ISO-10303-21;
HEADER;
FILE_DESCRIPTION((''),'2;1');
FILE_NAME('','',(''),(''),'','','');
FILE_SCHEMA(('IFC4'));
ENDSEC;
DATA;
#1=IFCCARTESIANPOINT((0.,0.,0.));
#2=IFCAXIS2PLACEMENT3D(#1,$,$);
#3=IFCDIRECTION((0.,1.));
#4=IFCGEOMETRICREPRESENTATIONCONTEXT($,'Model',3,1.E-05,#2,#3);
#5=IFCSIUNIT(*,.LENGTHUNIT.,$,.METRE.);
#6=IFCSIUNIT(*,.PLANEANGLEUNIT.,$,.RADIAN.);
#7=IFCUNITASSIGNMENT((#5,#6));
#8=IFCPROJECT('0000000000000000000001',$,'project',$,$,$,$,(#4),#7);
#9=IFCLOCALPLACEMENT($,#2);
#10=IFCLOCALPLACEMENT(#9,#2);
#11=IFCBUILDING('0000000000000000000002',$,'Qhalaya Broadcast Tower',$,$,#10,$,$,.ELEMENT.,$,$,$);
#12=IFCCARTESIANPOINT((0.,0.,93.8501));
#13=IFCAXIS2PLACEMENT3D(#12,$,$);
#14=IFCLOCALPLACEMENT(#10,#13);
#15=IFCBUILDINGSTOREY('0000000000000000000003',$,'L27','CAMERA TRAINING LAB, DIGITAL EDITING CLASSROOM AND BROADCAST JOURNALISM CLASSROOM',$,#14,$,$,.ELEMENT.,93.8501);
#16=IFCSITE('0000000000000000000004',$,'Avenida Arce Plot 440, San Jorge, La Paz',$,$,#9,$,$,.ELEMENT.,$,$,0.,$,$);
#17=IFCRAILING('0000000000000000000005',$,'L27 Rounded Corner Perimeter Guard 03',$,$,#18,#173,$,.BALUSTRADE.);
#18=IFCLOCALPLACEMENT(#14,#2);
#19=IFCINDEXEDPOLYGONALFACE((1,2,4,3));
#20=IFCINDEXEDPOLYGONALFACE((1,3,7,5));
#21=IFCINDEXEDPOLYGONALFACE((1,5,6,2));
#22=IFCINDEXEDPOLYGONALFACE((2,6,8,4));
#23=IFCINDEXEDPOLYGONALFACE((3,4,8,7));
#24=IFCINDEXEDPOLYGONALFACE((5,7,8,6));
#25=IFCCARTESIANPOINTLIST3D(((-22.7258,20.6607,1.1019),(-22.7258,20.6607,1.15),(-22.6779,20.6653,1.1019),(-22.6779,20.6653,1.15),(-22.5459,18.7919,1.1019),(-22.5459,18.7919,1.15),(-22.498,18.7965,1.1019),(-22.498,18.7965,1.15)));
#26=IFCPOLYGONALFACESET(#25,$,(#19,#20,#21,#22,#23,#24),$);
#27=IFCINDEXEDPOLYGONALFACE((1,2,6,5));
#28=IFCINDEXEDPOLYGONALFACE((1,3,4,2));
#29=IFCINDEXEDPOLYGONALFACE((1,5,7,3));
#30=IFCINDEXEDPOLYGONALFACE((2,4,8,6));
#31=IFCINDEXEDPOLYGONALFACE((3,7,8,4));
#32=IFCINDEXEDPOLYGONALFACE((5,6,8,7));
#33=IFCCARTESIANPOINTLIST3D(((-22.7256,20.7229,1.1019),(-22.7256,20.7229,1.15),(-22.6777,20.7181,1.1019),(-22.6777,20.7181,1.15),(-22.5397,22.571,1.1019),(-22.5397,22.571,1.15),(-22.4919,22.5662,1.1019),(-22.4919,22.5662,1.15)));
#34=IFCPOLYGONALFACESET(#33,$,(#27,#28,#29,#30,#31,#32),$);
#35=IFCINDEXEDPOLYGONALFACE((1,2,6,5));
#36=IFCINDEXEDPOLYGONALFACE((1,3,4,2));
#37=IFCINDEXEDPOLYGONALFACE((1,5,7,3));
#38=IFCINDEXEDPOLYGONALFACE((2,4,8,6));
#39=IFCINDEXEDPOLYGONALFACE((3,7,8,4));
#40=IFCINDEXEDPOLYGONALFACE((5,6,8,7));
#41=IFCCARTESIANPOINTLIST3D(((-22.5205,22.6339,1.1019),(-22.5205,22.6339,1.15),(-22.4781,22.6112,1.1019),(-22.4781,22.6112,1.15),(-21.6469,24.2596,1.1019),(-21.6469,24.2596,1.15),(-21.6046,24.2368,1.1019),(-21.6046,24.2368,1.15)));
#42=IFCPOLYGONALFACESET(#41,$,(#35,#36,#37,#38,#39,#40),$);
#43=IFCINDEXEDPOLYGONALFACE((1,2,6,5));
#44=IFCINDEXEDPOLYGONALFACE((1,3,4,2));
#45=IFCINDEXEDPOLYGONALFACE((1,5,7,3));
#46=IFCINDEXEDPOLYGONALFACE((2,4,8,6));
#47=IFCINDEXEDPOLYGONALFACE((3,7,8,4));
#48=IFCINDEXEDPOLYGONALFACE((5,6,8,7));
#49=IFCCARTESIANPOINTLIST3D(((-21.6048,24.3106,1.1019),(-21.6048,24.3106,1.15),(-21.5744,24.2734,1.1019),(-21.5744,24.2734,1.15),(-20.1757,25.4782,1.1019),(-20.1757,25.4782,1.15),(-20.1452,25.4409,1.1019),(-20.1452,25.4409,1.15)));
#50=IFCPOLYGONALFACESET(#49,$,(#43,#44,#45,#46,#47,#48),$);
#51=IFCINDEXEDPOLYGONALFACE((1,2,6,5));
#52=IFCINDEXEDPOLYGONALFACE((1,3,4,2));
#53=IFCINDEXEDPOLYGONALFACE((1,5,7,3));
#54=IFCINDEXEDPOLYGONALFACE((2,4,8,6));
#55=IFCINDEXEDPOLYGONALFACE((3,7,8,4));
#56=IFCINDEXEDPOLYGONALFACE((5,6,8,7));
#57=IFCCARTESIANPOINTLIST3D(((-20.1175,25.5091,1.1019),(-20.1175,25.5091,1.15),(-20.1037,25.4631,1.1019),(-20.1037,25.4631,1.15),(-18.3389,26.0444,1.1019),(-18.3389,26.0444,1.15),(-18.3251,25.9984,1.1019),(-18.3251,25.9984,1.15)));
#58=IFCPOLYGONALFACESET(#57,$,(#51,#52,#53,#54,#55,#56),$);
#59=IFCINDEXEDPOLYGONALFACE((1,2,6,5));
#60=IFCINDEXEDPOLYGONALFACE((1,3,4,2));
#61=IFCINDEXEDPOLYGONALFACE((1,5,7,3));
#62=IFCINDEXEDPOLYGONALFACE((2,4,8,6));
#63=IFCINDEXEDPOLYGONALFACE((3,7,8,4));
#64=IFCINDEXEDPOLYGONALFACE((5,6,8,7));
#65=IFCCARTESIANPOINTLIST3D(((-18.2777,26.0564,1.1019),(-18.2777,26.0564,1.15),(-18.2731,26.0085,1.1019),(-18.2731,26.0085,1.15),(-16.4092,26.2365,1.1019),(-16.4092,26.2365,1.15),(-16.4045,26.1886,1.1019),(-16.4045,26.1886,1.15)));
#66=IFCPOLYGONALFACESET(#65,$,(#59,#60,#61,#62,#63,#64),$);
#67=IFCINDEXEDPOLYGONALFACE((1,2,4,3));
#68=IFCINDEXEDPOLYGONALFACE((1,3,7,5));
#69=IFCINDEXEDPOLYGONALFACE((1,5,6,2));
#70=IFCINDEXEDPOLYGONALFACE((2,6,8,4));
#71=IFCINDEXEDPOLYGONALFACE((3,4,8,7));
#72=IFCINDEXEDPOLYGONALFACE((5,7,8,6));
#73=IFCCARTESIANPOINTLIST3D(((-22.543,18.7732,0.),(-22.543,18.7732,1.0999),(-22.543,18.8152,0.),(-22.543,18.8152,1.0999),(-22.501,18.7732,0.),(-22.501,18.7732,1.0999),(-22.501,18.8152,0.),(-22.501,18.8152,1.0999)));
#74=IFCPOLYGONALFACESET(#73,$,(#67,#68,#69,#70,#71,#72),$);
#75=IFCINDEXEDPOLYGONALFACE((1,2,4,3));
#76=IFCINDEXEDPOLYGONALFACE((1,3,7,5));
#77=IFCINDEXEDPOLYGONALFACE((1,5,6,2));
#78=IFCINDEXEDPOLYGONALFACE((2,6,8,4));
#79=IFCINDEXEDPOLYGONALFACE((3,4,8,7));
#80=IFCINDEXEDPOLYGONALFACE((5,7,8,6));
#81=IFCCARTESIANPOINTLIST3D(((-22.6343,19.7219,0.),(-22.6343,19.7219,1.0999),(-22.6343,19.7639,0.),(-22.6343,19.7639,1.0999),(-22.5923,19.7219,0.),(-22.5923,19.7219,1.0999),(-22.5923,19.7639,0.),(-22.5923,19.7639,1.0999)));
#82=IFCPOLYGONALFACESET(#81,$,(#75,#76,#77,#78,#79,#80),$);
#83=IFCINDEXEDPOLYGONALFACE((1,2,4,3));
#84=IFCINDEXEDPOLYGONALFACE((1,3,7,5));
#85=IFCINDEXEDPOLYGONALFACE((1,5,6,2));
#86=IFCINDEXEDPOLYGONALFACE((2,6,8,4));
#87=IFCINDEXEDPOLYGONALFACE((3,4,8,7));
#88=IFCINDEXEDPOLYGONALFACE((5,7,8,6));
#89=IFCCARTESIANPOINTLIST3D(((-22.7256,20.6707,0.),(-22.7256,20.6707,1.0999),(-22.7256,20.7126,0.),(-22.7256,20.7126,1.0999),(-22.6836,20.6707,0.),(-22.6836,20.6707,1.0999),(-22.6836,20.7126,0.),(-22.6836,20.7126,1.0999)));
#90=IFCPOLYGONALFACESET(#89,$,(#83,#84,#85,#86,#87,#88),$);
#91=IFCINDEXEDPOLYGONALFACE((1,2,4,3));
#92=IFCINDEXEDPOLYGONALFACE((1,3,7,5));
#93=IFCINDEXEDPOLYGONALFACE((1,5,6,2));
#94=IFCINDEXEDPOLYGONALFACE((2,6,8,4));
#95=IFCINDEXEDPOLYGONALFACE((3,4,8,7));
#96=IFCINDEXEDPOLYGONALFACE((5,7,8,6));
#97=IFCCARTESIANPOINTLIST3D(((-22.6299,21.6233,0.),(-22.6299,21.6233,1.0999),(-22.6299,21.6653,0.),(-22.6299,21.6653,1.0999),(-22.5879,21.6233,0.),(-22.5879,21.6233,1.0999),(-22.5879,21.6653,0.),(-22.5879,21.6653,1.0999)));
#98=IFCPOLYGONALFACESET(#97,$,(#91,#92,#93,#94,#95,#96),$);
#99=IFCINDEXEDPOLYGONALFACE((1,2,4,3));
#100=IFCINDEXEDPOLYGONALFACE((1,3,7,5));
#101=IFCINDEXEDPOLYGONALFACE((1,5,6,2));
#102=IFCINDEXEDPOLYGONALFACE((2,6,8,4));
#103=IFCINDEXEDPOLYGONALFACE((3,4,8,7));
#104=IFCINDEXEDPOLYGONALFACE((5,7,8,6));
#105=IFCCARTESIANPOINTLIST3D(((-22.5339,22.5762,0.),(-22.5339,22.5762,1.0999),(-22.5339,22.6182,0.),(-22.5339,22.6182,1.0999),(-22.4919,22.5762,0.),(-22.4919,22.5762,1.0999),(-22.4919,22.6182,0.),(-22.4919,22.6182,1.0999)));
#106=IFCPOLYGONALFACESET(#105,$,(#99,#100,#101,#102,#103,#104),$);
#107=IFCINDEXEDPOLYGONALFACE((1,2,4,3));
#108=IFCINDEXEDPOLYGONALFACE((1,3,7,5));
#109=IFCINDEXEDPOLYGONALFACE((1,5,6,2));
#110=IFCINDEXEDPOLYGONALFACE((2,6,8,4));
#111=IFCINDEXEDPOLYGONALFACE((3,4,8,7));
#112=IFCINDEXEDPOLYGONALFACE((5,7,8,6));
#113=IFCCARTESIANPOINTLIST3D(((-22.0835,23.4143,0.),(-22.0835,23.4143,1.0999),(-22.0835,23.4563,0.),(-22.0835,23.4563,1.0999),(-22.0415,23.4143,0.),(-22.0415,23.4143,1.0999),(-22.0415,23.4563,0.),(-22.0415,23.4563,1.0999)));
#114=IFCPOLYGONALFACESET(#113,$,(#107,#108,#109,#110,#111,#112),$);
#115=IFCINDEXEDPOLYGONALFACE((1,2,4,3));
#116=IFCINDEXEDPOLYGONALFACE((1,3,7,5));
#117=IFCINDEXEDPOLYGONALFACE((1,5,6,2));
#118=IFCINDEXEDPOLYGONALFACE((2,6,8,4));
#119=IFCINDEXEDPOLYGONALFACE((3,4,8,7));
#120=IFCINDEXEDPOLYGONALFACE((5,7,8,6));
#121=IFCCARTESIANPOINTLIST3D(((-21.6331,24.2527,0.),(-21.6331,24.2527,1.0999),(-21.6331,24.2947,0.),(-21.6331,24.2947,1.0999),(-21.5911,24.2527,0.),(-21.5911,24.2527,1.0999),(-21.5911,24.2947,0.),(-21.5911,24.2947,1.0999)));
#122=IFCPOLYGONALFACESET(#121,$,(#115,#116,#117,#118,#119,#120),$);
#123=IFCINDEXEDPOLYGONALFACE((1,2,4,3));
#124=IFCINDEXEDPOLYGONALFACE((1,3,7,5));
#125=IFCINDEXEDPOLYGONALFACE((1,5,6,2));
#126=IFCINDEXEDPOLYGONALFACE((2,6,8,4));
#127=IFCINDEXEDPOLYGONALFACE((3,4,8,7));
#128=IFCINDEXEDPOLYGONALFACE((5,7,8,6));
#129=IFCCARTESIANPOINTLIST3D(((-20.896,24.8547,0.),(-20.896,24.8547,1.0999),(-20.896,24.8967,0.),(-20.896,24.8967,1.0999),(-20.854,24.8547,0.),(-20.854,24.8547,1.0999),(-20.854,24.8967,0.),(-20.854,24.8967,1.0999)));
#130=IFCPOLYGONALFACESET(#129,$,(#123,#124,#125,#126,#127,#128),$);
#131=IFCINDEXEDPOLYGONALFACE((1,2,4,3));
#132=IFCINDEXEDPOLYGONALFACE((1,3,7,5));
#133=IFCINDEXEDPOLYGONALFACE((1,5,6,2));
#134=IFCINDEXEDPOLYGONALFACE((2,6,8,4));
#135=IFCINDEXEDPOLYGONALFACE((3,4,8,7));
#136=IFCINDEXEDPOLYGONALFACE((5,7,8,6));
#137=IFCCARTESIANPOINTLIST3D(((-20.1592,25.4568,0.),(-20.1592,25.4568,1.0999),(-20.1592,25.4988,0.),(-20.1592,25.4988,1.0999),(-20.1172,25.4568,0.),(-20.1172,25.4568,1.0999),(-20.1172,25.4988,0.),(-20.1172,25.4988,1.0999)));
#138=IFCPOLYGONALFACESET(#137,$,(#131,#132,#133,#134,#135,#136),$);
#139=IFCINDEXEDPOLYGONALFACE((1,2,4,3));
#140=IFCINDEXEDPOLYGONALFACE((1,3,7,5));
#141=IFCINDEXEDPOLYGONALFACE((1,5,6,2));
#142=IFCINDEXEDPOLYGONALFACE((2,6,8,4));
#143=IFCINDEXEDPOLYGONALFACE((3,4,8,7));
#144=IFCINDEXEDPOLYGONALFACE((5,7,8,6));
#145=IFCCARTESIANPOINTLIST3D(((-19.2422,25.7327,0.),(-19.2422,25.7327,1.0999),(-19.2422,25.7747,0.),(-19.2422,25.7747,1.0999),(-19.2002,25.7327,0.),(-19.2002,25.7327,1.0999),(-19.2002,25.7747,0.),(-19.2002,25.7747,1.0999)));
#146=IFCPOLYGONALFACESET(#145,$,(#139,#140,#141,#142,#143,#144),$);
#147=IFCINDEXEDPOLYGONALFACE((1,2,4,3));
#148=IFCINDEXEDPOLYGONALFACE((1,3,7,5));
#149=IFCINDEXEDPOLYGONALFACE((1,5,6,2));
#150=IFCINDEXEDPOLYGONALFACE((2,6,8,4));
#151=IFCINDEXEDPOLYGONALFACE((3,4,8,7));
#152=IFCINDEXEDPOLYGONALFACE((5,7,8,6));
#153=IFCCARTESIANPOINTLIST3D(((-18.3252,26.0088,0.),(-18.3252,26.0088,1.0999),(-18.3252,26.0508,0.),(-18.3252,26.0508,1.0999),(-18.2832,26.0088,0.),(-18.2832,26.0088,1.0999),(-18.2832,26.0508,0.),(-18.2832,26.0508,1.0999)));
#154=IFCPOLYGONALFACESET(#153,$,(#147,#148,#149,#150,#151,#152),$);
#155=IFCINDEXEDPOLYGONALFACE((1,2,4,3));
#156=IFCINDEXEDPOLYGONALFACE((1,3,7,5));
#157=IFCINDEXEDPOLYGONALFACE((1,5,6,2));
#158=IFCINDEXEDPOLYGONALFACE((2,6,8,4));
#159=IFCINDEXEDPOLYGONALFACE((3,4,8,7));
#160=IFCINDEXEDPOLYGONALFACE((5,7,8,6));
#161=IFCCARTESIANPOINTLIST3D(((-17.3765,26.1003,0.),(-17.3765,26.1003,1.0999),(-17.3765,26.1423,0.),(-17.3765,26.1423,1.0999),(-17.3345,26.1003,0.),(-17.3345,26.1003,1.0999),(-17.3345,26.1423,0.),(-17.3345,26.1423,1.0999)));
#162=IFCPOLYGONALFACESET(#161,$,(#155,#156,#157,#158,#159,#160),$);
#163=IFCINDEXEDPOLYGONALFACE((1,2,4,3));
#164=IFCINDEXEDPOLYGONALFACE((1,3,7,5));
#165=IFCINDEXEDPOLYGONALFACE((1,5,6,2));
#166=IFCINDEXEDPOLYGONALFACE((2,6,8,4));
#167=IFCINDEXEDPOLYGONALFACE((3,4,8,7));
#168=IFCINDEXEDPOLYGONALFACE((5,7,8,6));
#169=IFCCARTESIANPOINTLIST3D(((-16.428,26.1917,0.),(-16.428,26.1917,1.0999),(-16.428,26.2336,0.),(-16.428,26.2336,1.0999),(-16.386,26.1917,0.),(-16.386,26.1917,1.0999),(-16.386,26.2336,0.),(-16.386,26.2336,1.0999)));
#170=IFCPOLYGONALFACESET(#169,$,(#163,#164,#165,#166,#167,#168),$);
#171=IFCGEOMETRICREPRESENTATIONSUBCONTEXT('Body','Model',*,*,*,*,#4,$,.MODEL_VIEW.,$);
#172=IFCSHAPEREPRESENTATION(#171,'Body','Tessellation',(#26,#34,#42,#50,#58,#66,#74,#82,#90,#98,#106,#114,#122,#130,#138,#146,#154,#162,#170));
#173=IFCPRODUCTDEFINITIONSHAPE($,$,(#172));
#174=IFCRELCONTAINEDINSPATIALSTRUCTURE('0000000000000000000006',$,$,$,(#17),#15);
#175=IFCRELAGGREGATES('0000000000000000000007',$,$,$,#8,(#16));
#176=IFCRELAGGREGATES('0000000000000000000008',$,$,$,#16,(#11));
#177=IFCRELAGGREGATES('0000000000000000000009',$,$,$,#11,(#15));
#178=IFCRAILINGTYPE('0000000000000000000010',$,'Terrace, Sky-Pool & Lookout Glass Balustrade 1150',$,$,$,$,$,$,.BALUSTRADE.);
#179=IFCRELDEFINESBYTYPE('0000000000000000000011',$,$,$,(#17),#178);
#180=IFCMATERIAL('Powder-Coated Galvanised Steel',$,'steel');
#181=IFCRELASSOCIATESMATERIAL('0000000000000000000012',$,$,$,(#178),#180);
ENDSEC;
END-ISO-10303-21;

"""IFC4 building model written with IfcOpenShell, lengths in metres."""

from ifc_helpers import new_model, si_unit, direction, frame, origin, origin_2d, place, context, subcontext, project, spatial, rectangle, extrude, material, type_object, element, save


model = new_model("IFC4")

# Units and contexts
model_context = context("Model", 3, precision=1e-05, world=origin(), true_north=direction((0.0, 1.0)))
body_context = subcontext(model_context, "Body", "Model", "MODEL_VIEW")
ifc_project = project(units=[si_unit("LENGTHUNIT", "METRE"), si_unit("PLANEANGLEUNIT", "RADIAN")], contexts=[model_context])

# Site, building, storey
site_placement = place(None, origin())
site = spatial("IfcSite", under=ifc_project, at=site_placement, Name="Avenida Arce Plot 440, San Jorge, La Paz", CompositionType="ELEMENT", RefElevation=0.0)
building_placement = place(site_placement, origin())
building = spatial("IfcBuilding", under=site, at=building_placement, Name="Qhalaya Broadcast Tower", CompositionType="ELEMENT")
storey_placement = place(building_placement, frame((0.0, 0.0, 93.8501)))
storey = spatial("IfcBuildingStorey", under=building, at=storey_placement, Name="L27", Description="CAMERA TRAINING LAB, DIGITAL EDITING CLASSROOM AND BROADCAST JOURNALISM CLASSROOM", CompositionType="ELEMENT", Elevation=93.8501)

# Railing
ifc_material_1 = material(Name="Powder-Coated Galvanised Steel", Category="steel")
railing_type = type_object("IfcRailingType", Name="Terrace, Sky-Pool & Lookout Glass Balustrade 1150", PredefinedType="BALUSTRADE", material=ifc_material_1)
railing_placement = place(storey_placement, frame((-22.522, 18.7942, 0.0)))
element("IfcRailing", 1, at=railing_placement, inside=storey, type_object=railing_type, Name="L27 Rounded Corner Perimeter Guard 03", PredefinedType="BALUSTRADE", context=body_context, shape_type="SweptSolid", body=[
    extrude(rectangle(XDim=0.0481, YDim=0.0481, at=origin_2d()), frame((0.0, 0.0, 1.126), z_axis=(-0.0958, 0.995401, 0.0), x_axis=(-0.995401, -0.0958, 0.0)), (0.0, 0.0, 1.0), 1.8774),
    extrude(rectangle(XDim=0.0481, YDim=0.0481, at=origin_2d()), frame((-0.1797, 1.9263, 1.126), z_axis=(0.100072, 0.99498, 0.0), x_axis=(-0.99498, 0.100072, 0.0)), (0.0, 0.0, 1.0), 1.8574),
    extrude(rectangle(XDim=0.0481, YDim=0.0481, at=origin_2d()), frame((0.0227, 3.8284, 1.126), z_axis=(0.473342, 0.880879, 0.0), x_axis=(-0.880879, 0.473342, 0.0)), (0.0, 0.0, 1.0), 1.8455),
    extrude(rectangle(XDim=0.0481, YDim=0.0481, at=origin_2d()), frame((0.9324, 5.4978, 1.126), z_axis=(0.77442, 0.632672, 0.0), x_axis=(-0.632672, 0.77442, 0.0)), (0.0, 0.0, 1.0), 1.8455),
    extrude(rectangle(XDim=0.0481, YDim=0.0481, at=origin_2d()), frame((2.4114, 6.6919, 1.126), z_axis=(0.957566, 0.288213, 0.0), x_axis=(-0.288213, 0.957566, 0.0)), (0.0, 0.0, 1.0), 1.8574),
    extrude(rectangle(XDim=0.0481, YDim=0.0481, at=origin_2d()), frame((4.2466, 7.2383, 1.126), z_axis=(0.995387, 0.095939, 0.0), x_axis=(-0.095939, 0.995387, 0.0)), (0.0, 0.0, 1.0), 1.8772),
    extrude(rectangle(XDim=0.042, YDim=0.042, at=origin_2d()), origin(), (0.0, 0.0, 1.0), 1.0999),
    extrude(rectangle(XDim=0.042, YDim=0.042, at=origin_2d()), frame((-0.0913, 0.9487, 0.0)), (0.0, 0.0, 1.0), 1.0999),
    extrude(rectangle(XDim=0.042, YDim=0.042, at=origin_2d()), frame((-0.1826, 1.8975, 0.0)), (0.0, 0.0, 1.0), 1.0999),
    extrude(rectangle(XDim=0.042, YDim=0.042, at=origin_2d()), frame((-0.0869, 2.8501, 0.0)), (0.0, 0.0, 1.0), 1.0999),
    extrude(rectangle(XDim=0.042, YDim=0.042, at=origin_2d()), frame((0.009, 3.803, 0.0)), (0.0, 0.0, 1.0), 1.0999),
    extrude(rectangle(XDim=0.042, YDim=0.042, at=origin_2d()), frame((0.4595, 4.6411, 0.0)), (0.0, 0.0, 1.0), 1.0999),
    extrude(rectangle(XDim=0.042, YDim=0.042, at=origin_2d()), frame((0.9099, 5.4795, 0.0)), (0.0, 0.0, 1.0), 1.0999),
    extrude(rectangle(XDim=0.042, YDim=0.042, at=origin_2d()), frame((1.647, 6.0815, 0.0)), (0.0, 0.0, 1.0), 1.0999),
    extrude(rectangle(XDim=0.042, YDim=0.042, at=origin_2d()), frame((2.3838, 6.6836, 0.0)), (0.0, 0.0, 1.0), 1.0999),
    extrude(rectangle(XDim=0.042, YDim=0.042, at=origin_2d()), frame((3.3008, 6.9595, 0.0)), (0.0, 0.0, 1.0), 1.0999),
    extrude(rectangle(XDim=0.042, YDim=0.042, at=origin_2d()), frame((4.2178, 7.2356, 0.0)), (0.0, 0.0, 1.0), 1.0999),
    extrude(rectangle(XDim=0.042, YDim=0.042, at=origin_2d()), frame((5.1665, 7.3271, 0.0)), (0.0, 0.0, 1.0), 1.0999),
    extrude(rectangle(XDim=0.042, YDim=0.042, at=origin_2d()), frame((6.115, 7.4185, 0.0)), (0.0, 0.0, 1.0), 1.0999),
])

save(model, "model.ifc")
